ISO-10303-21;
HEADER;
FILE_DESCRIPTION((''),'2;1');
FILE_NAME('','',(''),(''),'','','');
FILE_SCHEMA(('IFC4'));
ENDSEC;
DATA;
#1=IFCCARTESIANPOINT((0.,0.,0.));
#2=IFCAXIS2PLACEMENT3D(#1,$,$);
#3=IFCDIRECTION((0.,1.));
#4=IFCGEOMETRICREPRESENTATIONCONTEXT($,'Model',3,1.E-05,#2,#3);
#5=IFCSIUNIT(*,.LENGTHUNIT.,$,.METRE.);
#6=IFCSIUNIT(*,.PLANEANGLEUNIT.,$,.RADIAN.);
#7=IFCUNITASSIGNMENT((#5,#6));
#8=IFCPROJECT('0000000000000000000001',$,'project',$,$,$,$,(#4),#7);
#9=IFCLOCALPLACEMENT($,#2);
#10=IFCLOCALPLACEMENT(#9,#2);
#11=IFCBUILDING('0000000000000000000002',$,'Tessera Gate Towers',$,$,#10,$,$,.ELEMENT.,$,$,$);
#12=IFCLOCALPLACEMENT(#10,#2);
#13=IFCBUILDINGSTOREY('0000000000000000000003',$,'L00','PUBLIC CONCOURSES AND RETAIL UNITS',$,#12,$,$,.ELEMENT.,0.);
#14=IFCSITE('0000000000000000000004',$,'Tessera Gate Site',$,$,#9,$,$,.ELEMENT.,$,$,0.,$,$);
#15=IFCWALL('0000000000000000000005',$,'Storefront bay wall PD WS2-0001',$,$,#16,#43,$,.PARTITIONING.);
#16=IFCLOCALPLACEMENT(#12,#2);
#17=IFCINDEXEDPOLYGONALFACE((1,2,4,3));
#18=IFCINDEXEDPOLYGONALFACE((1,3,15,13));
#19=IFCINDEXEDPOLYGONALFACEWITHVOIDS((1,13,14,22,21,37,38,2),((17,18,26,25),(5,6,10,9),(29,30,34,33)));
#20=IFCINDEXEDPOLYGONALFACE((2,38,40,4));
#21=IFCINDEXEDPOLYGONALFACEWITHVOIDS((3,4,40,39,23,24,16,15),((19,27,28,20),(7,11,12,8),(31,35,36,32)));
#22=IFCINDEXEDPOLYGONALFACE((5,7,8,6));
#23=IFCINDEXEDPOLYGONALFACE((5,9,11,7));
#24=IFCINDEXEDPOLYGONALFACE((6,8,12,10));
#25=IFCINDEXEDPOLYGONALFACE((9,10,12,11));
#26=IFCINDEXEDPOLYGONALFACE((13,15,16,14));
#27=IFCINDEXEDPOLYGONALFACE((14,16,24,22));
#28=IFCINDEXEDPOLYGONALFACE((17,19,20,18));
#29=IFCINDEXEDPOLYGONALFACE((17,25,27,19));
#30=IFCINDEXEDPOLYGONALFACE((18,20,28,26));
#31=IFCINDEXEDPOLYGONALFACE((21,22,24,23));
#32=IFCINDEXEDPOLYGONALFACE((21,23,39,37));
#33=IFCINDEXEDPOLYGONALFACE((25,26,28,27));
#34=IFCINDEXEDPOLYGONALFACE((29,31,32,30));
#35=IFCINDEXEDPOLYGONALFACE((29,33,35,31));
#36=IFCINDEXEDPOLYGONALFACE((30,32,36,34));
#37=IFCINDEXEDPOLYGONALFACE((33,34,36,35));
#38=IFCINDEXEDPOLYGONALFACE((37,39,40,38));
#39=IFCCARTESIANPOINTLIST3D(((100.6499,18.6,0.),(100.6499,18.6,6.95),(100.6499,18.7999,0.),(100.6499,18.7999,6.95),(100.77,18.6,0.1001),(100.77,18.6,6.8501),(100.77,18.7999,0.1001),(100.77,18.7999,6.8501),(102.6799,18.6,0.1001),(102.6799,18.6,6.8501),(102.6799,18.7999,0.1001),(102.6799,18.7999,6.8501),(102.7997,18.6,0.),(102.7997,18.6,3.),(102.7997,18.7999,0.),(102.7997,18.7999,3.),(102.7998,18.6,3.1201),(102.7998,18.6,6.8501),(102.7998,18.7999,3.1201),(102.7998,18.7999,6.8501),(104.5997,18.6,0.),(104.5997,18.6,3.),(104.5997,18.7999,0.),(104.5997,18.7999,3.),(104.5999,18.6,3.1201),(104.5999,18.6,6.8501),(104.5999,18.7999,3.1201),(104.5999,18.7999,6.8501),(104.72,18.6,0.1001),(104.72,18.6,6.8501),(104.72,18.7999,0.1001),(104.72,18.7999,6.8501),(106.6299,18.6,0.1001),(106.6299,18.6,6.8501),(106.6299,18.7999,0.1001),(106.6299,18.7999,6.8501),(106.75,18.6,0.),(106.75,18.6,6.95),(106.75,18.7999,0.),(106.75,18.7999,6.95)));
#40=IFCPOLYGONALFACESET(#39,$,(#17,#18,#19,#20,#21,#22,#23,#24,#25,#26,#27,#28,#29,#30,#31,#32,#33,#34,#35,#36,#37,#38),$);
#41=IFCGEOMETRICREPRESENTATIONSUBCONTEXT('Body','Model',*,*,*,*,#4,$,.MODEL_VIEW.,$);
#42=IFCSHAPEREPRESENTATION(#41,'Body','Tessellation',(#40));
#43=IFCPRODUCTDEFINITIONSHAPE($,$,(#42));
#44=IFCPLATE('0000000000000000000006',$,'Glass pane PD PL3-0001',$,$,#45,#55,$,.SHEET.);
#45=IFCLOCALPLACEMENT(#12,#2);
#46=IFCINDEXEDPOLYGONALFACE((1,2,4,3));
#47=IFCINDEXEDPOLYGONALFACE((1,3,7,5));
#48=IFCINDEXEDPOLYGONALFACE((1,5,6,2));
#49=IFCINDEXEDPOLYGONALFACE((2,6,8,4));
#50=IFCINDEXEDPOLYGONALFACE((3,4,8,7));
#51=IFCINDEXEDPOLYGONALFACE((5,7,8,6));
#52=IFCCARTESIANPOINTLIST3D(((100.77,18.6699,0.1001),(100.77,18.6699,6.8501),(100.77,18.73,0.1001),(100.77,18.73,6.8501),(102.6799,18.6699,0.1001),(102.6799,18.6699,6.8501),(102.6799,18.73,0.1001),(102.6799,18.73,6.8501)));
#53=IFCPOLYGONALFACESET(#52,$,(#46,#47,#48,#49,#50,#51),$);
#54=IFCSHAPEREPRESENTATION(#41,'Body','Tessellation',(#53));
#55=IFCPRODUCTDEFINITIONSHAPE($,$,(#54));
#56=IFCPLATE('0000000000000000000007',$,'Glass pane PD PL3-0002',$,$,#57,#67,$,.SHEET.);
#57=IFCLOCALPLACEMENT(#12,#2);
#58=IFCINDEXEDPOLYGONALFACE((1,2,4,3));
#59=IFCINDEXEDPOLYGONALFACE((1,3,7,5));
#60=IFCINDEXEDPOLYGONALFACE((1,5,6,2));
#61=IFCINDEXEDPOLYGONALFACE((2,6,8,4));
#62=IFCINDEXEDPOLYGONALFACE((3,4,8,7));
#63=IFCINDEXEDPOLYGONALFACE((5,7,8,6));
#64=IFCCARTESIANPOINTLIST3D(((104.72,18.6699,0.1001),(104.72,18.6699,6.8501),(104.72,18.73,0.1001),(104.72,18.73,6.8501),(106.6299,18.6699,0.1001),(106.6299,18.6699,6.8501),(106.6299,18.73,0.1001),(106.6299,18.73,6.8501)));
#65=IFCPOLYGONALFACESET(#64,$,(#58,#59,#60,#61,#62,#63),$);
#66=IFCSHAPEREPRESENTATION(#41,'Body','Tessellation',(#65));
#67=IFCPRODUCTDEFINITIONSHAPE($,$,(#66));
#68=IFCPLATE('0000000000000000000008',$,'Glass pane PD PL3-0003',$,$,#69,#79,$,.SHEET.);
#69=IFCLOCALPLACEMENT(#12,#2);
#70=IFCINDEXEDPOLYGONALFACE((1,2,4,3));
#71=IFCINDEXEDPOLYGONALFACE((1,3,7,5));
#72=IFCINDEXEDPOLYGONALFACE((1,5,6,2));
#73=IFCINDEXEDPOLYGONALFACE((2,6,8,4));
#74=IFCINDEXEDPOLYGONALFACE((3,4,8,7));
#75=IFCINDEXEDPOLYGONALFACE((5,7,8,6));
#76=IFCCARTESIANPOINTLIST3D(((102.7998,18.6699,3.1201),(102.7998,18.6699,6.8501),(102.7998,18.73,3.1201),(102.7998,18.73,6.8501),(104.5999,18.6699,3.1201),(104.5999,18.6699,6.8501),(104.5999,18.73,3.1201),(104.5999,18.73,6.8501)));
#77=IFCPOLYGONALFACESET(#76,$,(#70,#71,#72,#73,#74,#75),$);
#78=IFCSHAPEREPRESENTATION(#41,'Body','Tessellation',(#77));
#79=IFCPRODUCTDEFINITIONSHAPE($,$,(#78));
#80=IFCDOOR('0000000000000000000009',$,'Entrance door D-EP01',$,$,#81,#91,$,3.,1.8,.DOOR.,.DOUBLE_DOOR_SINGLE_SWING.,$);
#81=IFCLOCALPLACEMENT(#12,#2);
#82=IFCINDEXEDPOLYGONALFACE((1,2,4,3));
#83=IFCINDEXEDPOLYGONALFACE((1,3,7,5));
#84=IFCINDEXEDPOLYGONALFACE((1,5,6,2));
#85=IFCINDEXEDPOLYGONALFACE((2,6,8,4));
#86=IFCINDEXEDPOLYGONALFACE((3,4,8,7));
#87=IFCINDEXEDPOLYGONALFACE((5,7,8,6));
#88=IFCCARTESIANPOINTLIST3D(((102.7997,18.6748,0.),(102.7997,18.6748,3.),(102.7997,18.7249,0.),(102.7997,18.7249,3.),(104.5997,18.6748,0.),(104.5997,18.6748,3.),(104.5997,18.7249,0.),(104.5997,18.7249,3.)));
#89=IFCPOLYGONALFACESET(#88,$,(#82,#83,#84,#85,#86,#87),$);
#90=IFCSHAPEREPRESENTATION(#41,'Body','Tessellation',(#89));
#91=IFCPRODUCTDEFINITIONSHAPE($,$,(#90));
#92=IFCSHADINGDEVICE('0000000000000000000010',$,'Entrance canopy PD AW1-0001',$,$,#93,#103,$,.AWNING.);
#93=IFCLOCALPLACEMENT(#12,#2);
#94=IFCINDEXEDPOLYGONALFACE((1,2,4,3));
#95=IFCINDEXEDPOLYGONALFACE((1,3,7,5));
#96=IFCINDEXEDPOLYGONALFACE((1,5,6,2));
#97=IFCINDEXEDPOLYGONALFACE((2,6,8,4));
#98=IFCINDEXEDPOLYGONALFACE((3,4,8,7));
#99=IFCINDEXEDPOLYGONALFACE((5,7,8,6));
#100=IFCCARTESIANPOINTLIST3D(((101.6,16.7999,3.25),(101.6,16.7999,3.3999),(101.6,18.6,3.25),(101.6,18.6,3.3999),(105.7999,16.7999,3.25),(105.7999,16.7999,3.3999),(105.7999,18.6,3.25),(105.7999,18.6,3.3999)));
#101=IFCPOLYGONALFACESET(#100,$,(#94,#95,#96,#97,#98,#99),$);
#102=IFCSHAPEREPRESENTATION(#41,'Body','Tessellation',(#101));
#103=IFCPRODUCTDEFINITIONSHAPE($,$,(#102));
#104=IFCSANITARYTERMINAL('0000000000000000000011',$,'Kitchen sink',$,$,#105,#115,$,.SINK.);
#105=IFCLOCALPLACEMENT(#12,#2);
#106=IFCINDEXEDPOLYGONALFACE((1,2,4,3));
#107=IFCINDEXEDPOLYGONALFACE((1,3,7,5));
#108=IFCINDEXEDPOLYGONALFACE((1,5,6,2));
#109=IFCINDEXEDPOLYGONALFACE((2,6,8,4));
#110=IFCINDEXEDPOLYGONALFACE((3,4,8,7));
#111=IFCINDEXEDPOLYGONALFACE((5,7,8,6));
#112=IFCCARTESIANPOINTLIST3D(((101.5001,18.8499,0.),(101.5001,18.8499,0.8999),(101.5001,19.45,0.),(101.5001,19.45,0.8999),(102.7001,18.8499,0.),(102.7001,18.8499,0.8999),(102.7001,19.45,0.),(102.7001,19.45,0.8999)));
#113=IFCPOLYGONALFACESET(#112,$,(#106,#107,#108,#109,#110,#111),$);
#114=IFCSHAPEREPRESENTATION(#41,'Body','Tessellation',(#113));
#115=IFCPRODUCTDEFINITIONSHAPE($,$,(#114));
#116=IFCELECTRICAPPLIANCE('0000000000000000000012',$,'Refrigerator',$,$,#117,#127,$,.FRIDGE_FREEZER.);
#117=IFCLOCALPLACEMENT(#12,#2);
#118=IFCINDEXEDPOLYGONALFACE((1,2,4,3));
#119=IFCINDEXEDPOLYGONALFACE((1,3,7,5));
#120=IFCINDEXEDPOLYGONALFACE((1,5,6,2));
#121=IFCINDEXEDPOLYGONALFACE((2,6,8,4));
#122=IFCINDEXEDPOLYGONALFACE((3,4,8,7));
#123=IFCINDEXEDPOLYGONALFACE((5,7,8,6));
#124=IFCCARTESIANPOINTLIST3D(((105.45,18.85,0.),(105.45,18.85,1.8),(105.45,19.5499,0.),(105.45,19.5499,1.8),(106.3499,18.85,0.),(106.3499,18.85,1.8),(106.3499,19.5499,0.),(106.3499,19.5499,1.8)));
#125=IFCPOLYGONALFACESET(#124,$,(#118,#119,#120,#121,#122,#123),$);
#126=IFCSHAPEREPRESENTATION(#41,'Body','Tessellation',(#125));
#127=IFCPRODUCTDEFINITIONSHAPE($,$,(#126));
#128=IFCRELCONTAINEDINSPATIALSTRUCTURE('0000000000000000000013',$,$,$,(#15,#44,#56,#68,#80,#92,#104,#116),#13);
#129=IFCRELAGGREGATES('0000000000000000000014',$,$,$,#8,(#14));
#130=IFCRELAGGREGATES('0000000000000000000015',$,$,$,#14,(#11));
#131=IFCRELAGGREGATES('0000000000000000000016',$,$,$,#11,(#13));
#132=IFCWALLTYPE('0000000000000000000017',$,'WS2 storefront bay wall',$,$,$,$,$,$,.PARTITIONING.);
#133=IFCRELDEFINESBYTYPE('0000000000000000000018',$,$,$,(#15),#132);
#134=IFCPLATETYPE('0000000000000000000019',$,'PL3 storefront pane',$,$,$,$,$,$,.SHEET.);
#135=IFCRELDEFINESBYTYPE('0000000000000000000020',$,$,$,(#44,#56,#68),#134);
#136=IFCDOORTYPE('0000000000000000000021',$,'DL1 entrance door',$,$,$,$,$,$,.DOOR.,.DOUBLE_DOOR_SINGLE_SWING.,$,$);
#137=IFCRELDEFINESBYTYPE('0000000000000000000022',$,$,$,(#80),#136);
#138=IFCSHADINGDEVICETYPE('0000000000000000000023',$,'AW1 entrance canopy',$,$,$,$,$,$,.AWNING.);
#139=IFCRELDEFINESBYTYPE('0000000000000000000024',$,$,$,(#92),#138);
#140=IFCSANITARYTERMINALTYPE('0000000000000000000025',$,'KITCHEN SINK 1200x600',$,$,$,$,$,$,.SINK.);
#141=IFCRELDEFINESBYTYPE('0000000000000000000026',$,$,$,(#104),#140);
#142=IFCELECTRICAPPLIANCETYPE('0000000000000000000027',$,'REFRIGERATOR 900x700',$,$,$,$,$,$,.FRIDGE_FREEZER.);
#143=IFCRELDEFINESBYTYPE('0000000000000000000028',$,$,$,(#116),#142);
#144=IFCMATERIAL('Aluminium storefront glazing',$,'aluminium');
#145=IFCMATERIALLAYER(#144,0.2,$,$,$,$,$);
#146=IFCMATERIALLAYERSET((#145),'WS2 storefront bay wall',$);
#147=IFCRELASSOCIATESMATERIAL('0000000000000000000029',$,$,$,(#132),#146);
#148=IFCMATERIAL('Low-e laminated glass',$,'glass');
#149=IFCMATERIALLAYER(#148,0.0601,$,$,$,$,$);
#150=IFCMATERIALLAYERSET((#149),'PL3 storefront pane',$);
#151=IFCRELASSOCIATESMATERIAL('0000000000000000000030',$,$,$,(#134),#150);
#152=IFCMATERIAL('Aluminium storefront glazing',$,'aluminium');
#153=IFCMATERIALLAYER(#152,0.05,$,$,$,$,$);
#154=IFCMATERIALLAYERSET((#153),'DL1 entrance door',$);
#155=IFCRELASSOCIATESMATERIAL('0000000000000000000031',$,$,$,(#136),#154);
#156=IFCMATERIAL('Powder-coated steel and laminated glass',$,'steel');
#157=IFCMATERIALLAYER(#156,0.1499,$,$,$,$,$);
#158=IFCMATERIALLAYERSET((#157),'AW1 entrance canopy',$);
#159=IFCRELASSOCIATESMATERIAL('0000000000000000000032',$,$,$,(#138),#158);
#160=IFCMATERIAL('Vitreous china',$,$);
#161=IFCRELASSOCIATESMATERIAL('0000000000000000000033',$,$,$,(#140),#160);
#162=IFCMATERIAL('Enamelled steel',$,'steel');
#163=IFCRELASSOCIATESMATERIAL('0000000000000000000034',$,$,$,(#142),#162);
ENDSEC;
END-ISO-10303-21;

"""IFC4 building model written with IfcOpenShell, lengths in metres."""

from ifc_helpers import new_model, si_unit, direction, frame, frame_2d, origin, origin_2d, place, context, subcontext, project, spatial, polyline, rectangle, outline, extrude, source, transform, mapped, material, layer, layer_set, type_object, element, fill, save


model = new_model("IFC4")

# Units and contexts
model_context = context("Model", 3, precision=1e-05, world=origin(), true_north=direction((0.0, 1.0)))
body_context = subcontext(model_context, "Body", "Model", "MODEL_VIEW")
ifc_project = project(units=[si_unit("LENGTHUNIT", "METRE"), si_unit("PLANEANGLEUNIT", "RADIAN")], contexts=[model_context])

# Site, building, storey
site_placement = place(None, origin())
site = spatial("IfcSite", under=ifc_project, at=site_placement, Name="Tessera Gate Site", CompositionType="ELEMENT", RefElevation=0.0)
building_placement = place(site_placement, origin())
building = spatial("IfcBuilding", under=site, at=building_placement, Name="Tessera Gate Towers", CompositionType="ELEMENT")
storey_placement = place(building_placement, origin())
storey = spatial("IfcBuildingStorey", under=building, at=storey_placement, Name="L00", Description="PUBLIC CONCOURSES AND RETAIL UNITS", CompositionType="ELEMENT", Elevation=0.0)

# Wall, openings, plates, door
ifc_material_1 = material(Name="Aluminium storefront glazing", Category="aluminium")
ifc_layer_1 = layer(ifc_material_1, 0.2)
ifc_layer_set_1 = layer_set([ifc_layer_1], Name="WS2 storefront bay wall")
wall_type = type_object("IfcWallType", Name="WS2 storefront bay wall", PredefinedType="PARTITIONING", material=ifc_layer_set_1)
wall_placement = place(storey_placement, frame((100.6499, 18.7, 0.0), z_axis=(0.0, 0.0, 1.0), x_axis=(1.0, 0.0, 0.0)))
wall = element("IfcWall", 1, at=wall_placement, inside=storey, type_object=wall_type, Name="Storefront bay wall PD WS2-0001", PredefinedType="PARTITIONING", context=body_context, shape_type="SweptSolid", body=[
    extrude(rectangle(XDim=6.1001, YDim=0.2, at=frame_2d((3.05, 0.0))), origin(), (0.0, 0.0, 1.0), 6.95),
])
shared_shape_1 = source(origin(), body_context, "Body", "SweptSolid", [
    extrude(rectangle(XDim=1.8, YDim=3.0, at=frame_2d((0.8999, 1.5))), frame((0.0, 0.1099, 0.0), z_axis=(0.0, -1.0, 0.0), x_axis=(1.0, 0.0, 0.0)), (0.0, 0.0, 1.0), 0.22),
])
opening_1_placement = place(wall_placement, frame((2.1499, 0.0, 0.0)))
opening_1 = element("IfcOpeningElement", 2, at=opening_1_placement, cuts=wall, PredefinedType="OPENING", context=body_context, shape_type="MappedRepresentation", body=[
    mapped(shared_shape_1, transform((0.0, 0.0, 0.0), scale=1.0)),
])
shared_shape_2 = source(origin(), body_context, "Body", "SweptSolid", [
    extrude(outline(polyline([(0.1201, 0.1001), (2.03, 0.1001), (2.03, 6.8501), (0.1201, 6.8501), (0.1201, 0.1001)])), frame((0.0, 0.1099, 0.0), z_axis=(0.0, -1.0, 0.0), x_axis=(1.0, 0.0, 0.0)), (0.0, 0.0, 1.0), 0.22),
])
opening_2_placement = place(wall_placement, origin())
opening_2 = element("IfcOpeningElement", 3, at=opening_2_placement, cuts=wall, PredefinedType="OPENING", context=body_context, shape_type="MappedRepresentation", body=[
    mapped(shared_shape_2, transform((0.0, 0.0, 0.0), scale=1.0)),
])
shared_shape_3 = source(origin(), body_context, "Body", "SweptSolid", [
    extrude(outline(polyline([(4.0701, 0.1001), (5.98, 0.1001), (5.98, 6.8501), (4.0701, 6.8501), (4.0701, 0.1001)])), frame((0.0, 0.1099, 0.0), z_axis=(0.0, -1.0, 0.0), x_axis=(1.0, 0.0, 0.0)), (0.0, 0.0, 1.0), 0.22),
])
opening_3_placement = place(wall_placement, origin())
opening_3 = element("IfcOpeningElement", 4, at=opening_3_placement, cuts=wall, PredefinedType="OPENING", context=body_context, shape_type="MappedRepresentation", body=[
    mapped(shared_shape_3, transform((0.0, 0.0, 0.0), scale=1.0)),
])
shared_shape_4 = source(origin(), body_context, "Body", "SweptSolid", [
    extrude(outline(polyline([(2.1499, 3.1201), (3.95, 3.1201), (3.95, 6.8501), (2.1499, 6.8501), (2.1499, 3.1201)])), frame((0.0, 0.1099, 0.0), z_axis=(0.0, -1.0, 0.0), x_axis=(1.0, 0.0, 0.0)), (0.0, 0.0, 1.0), 0.22),
])
opening_4_placement = place(wall_placement, origin())
opening_4 = element("IfcOpeningElement", 5, at=opening_4_placement, cuts=wall, PredefinedType="OPENING", context=body_context, shape_type="MappedRepresentation", body=[
    mapped(shared_shape_4, transform((0.0, 0.0, 0.0), scale=1.0)),
])
ifc_material_2 = material(Name="Low-e laminated glass", Category="glass")
ifc_layer_2 = layer(ifc_material_2, 0.0601)
ifc_layer_set_2 = layer_set([ifc_layer_2], Name="PL3 storefront pane")
plate_type_1 = type_object("IfcPlateType", Name="PL3 storefront pane", PredefinedType="SHEET", material=ifc_layer_set_2)
shared_shape_5 = source(origin(), body_context, "Body", "SweptSolid", [
    extrude(outline(polyline([(0.1201, 0.1001), (2.03, 0.1001), (2.03, 6.8501), (0.1201, 6.8501), (0.1201, 0.1001)])), frame((0.0, 0.03, 0.0), z_axis=(0.0, -1.0, 0.0), x_axis=(1.0, 0.0, 0.0)), (0.0, 0.0, 1.0), 0.0601),
])
plate_1_placement = place(opening_2_placement, origin())
plate_1 = element("IfcPlate", 6, at=plate_1_placement, inside=storey, type_object=plate_type_1, Name="Glass pane PD PL3-0001", PredefinedType="SHEET", context=body_context, shape_type="MappedRepresentation", body=[
    mapped(shared_shape_5, transform((0.0, 0.0, 0.0), scale=1.0)),
])
fill(opening_2, plate_1)
shared_shape_6 = source(origin(), body_context, "Body", "SweptSolid", [
    extrude(outline(polyline([(4.0701, 0.1001), (5.98, 0.1001), (5.98, 6.8501), (4.0701, 6.8501), (4.0701, 0.1001)])), frame((0.0, 0.03, 0.0), z_axis=(0.0, -1.0, 0.0), x_axis=(1.0, 0.0, 0.0)), (0.0, 0.0, 1.0), 0.0601),
])
plate_2_placement = place(opening_3_placement, origin())
plate_2 = element("IfcPlate", 7, at=plate_2_placement, inside=storey, type_object=plate_type_1, Name="Glass pane PD PL3-0002", PredefinedType="SHEET", context=body_context, shape_type="MappedRepresentation", body=[
    mapped(shared_shape_6, transform((0.0, 0.0, 0.0), scale=1.0)),
])
fill(opening_3, plate_2)
shared_shape_7 = source(origin(), body_context, "Body", "SweptSolid", [
    extrude(outline(polyline([(2.1499, 3.1201), (3.95, 3.1201), (3.95, 6.8501), (2.1499, 6.8501), (2.1499, 3.1201)])), frame((0.0, 0.03, 0.0), z_axis=(0.0, -1.0, 0.0), x_axis=(1.0, 0.0, 0.0)), (0.0, 0.0, 1.0), 0.0601),
])
plate_3_placement = place(opening_4_placement, origin())
plate_3 = element("IfcPlate", 8, at=plate_3_placement, inside=storey, type_object=plate_type_1, Name="Glass pane PD PL3-0003", PredefinedType="SHEET", context=body_context, shape_type="MappedRepresentation", body=[
    mapped(shared_shape_7, transform((0.0, 0.0, 0.0), scale=1.0)),
])
fill(opening_4, plate_3)
ifc_material_3 = material(Name="Aluminium storefront glazing", Category="aluminium")
ifc_layer_3 = layer(ifc_material_3, 0.05)
ifc_layer_set_3 = layer_set([ifc_layer_3], Name="DL1 entrance door")
door_type = type_object("IfcDoorType", Name="DL1 entrance door", OperationType="DOUBLE_DOOR_SINGLE_SWING", PredefinedType="DOOR", material=ifc_layer_set_3)
shared_shape_8 = source(origin(), body_context, "Body", "SweptSolid", [
    extrude(rectangle(XDim=1.8, YDim=3.0, at=frame_2d((0.8999, 1.5))), frame((0.0, 0.0249, 0.0), z_axis=(0.0, -1.0, 0.0), x_axis=(1.0, 0.0, 0.0)), (0.0, 0.0, 1.0), 0.05),
])
door_placement = place(opening_1_placement, origin())
door = element("IfcDoor", 9, at=door_placement, inside=storey, type_object=door_type, Name="Entrance door D-EP01", OperationType="DOUBLE_DOOR_SINGLE_SWING", OverallHeight=3.0, OverallWidth=1.8, PredefinedType="DOOR", context=body_context, shape_type="MappedRepresentation", body=[
    mapped(shared_shape_8, transform((0.0, 0.0, 0.0), scale=1.0)),
])
fill(opening_1, door)

# Shading device
ifc_material_4 = material(Name="Powder-coated steel and laminated glass", Category="steel")
ifc_layer_4 = layer(ifc_material_4, 0.1499)
ifc_layer_set_4 = layer_set([ifc_layer_4], Name="AW1 entrance canopy")
shading_device_type = type_object("IfcShadingDeviceType", Name="AW1 entrance canopy", PredefinedType="AWNING", material=ifc_layer_set_4)
shading_device_placement = place(storey_placement, frame((103.7, 17.7, 3.25), z_axis=(0.0, 0.0, 1.0), x_axis=(1.0, 0.0, 0.0)))
element("IfcShadingDevice", 10, at=shading_device_placement, inside=storey, type_object=shading_device_type, Name="Entrance canopy PD AW1-0001", PredefinedType="AWNING", context=body_context, shape_type="SweptSolid", body=[
    extrude(rectangle(XDim=4.2, YDim=1.8, at=origin_2d()), origin(), (0.0, 0.0, 1.0), 0.1499),
])

# Sanitary terminal
ifc_material_5 = material(Name="Vitreous china")
sanitary_terminal_type = type_object("IfcSanitaryTerminalType", Name="KITCHEN SINK 1200x600", PredefinedType="SINK", material=ifc_material_5)
sanitary_terminal_placement = place(storey_placement, frame((102.1001, 19.1499, 0.0), z_axis=(0.0, 0.0, 1.0), x_axis=(1.0, 0.0, 0.0)))
element("IfcSanitaryTerminal", 11, at=sanitary_terminal_placement, inside=storey, type_object=sanitary_terminal_type, Name="Kitchen sink", PredefinedType="SINK", context=body_context, shape_type="SweptSolid", body=[
    extrude(rectangle(XDim=1.2, YDim=0.6001, at=origin_2d()), origin(), (0.0, 0.0, 1.0), 0.8999),
])

# Electric appliance
ifc_material_6 = material(Name="Enamelled steel", Category="steel")
electric_appliance_type = type_object("IfcElectricApplianceType", Name="REFRIGERATOR 900x700", PredefinedType="FRIDGE_FREEZER", material=ifc_material_6)
electric_appliance_placement = place(storey_placement, frame((105.8999, 19.2, 0.0), z_axis=(0.0, 0.0, 1.0), x_axis=(1.0, 0.0, 0.0)))
element("IfcElectricAppliance", 12, at=electric_appliance_placement, inside=storey, type_object=electric_appliance_type, Name="Refrigerator", PredefinedType="FRIDGE_FREEZER", context=body_context, shape_type="SweptSolid", body=[
    extrude(rectangle(XDim=0.8999, YDim=0.7, at=origin_2d()), origin(), (0.0, 0.0, 1.0), 1.8),
])

save(model, "model.ifc")
